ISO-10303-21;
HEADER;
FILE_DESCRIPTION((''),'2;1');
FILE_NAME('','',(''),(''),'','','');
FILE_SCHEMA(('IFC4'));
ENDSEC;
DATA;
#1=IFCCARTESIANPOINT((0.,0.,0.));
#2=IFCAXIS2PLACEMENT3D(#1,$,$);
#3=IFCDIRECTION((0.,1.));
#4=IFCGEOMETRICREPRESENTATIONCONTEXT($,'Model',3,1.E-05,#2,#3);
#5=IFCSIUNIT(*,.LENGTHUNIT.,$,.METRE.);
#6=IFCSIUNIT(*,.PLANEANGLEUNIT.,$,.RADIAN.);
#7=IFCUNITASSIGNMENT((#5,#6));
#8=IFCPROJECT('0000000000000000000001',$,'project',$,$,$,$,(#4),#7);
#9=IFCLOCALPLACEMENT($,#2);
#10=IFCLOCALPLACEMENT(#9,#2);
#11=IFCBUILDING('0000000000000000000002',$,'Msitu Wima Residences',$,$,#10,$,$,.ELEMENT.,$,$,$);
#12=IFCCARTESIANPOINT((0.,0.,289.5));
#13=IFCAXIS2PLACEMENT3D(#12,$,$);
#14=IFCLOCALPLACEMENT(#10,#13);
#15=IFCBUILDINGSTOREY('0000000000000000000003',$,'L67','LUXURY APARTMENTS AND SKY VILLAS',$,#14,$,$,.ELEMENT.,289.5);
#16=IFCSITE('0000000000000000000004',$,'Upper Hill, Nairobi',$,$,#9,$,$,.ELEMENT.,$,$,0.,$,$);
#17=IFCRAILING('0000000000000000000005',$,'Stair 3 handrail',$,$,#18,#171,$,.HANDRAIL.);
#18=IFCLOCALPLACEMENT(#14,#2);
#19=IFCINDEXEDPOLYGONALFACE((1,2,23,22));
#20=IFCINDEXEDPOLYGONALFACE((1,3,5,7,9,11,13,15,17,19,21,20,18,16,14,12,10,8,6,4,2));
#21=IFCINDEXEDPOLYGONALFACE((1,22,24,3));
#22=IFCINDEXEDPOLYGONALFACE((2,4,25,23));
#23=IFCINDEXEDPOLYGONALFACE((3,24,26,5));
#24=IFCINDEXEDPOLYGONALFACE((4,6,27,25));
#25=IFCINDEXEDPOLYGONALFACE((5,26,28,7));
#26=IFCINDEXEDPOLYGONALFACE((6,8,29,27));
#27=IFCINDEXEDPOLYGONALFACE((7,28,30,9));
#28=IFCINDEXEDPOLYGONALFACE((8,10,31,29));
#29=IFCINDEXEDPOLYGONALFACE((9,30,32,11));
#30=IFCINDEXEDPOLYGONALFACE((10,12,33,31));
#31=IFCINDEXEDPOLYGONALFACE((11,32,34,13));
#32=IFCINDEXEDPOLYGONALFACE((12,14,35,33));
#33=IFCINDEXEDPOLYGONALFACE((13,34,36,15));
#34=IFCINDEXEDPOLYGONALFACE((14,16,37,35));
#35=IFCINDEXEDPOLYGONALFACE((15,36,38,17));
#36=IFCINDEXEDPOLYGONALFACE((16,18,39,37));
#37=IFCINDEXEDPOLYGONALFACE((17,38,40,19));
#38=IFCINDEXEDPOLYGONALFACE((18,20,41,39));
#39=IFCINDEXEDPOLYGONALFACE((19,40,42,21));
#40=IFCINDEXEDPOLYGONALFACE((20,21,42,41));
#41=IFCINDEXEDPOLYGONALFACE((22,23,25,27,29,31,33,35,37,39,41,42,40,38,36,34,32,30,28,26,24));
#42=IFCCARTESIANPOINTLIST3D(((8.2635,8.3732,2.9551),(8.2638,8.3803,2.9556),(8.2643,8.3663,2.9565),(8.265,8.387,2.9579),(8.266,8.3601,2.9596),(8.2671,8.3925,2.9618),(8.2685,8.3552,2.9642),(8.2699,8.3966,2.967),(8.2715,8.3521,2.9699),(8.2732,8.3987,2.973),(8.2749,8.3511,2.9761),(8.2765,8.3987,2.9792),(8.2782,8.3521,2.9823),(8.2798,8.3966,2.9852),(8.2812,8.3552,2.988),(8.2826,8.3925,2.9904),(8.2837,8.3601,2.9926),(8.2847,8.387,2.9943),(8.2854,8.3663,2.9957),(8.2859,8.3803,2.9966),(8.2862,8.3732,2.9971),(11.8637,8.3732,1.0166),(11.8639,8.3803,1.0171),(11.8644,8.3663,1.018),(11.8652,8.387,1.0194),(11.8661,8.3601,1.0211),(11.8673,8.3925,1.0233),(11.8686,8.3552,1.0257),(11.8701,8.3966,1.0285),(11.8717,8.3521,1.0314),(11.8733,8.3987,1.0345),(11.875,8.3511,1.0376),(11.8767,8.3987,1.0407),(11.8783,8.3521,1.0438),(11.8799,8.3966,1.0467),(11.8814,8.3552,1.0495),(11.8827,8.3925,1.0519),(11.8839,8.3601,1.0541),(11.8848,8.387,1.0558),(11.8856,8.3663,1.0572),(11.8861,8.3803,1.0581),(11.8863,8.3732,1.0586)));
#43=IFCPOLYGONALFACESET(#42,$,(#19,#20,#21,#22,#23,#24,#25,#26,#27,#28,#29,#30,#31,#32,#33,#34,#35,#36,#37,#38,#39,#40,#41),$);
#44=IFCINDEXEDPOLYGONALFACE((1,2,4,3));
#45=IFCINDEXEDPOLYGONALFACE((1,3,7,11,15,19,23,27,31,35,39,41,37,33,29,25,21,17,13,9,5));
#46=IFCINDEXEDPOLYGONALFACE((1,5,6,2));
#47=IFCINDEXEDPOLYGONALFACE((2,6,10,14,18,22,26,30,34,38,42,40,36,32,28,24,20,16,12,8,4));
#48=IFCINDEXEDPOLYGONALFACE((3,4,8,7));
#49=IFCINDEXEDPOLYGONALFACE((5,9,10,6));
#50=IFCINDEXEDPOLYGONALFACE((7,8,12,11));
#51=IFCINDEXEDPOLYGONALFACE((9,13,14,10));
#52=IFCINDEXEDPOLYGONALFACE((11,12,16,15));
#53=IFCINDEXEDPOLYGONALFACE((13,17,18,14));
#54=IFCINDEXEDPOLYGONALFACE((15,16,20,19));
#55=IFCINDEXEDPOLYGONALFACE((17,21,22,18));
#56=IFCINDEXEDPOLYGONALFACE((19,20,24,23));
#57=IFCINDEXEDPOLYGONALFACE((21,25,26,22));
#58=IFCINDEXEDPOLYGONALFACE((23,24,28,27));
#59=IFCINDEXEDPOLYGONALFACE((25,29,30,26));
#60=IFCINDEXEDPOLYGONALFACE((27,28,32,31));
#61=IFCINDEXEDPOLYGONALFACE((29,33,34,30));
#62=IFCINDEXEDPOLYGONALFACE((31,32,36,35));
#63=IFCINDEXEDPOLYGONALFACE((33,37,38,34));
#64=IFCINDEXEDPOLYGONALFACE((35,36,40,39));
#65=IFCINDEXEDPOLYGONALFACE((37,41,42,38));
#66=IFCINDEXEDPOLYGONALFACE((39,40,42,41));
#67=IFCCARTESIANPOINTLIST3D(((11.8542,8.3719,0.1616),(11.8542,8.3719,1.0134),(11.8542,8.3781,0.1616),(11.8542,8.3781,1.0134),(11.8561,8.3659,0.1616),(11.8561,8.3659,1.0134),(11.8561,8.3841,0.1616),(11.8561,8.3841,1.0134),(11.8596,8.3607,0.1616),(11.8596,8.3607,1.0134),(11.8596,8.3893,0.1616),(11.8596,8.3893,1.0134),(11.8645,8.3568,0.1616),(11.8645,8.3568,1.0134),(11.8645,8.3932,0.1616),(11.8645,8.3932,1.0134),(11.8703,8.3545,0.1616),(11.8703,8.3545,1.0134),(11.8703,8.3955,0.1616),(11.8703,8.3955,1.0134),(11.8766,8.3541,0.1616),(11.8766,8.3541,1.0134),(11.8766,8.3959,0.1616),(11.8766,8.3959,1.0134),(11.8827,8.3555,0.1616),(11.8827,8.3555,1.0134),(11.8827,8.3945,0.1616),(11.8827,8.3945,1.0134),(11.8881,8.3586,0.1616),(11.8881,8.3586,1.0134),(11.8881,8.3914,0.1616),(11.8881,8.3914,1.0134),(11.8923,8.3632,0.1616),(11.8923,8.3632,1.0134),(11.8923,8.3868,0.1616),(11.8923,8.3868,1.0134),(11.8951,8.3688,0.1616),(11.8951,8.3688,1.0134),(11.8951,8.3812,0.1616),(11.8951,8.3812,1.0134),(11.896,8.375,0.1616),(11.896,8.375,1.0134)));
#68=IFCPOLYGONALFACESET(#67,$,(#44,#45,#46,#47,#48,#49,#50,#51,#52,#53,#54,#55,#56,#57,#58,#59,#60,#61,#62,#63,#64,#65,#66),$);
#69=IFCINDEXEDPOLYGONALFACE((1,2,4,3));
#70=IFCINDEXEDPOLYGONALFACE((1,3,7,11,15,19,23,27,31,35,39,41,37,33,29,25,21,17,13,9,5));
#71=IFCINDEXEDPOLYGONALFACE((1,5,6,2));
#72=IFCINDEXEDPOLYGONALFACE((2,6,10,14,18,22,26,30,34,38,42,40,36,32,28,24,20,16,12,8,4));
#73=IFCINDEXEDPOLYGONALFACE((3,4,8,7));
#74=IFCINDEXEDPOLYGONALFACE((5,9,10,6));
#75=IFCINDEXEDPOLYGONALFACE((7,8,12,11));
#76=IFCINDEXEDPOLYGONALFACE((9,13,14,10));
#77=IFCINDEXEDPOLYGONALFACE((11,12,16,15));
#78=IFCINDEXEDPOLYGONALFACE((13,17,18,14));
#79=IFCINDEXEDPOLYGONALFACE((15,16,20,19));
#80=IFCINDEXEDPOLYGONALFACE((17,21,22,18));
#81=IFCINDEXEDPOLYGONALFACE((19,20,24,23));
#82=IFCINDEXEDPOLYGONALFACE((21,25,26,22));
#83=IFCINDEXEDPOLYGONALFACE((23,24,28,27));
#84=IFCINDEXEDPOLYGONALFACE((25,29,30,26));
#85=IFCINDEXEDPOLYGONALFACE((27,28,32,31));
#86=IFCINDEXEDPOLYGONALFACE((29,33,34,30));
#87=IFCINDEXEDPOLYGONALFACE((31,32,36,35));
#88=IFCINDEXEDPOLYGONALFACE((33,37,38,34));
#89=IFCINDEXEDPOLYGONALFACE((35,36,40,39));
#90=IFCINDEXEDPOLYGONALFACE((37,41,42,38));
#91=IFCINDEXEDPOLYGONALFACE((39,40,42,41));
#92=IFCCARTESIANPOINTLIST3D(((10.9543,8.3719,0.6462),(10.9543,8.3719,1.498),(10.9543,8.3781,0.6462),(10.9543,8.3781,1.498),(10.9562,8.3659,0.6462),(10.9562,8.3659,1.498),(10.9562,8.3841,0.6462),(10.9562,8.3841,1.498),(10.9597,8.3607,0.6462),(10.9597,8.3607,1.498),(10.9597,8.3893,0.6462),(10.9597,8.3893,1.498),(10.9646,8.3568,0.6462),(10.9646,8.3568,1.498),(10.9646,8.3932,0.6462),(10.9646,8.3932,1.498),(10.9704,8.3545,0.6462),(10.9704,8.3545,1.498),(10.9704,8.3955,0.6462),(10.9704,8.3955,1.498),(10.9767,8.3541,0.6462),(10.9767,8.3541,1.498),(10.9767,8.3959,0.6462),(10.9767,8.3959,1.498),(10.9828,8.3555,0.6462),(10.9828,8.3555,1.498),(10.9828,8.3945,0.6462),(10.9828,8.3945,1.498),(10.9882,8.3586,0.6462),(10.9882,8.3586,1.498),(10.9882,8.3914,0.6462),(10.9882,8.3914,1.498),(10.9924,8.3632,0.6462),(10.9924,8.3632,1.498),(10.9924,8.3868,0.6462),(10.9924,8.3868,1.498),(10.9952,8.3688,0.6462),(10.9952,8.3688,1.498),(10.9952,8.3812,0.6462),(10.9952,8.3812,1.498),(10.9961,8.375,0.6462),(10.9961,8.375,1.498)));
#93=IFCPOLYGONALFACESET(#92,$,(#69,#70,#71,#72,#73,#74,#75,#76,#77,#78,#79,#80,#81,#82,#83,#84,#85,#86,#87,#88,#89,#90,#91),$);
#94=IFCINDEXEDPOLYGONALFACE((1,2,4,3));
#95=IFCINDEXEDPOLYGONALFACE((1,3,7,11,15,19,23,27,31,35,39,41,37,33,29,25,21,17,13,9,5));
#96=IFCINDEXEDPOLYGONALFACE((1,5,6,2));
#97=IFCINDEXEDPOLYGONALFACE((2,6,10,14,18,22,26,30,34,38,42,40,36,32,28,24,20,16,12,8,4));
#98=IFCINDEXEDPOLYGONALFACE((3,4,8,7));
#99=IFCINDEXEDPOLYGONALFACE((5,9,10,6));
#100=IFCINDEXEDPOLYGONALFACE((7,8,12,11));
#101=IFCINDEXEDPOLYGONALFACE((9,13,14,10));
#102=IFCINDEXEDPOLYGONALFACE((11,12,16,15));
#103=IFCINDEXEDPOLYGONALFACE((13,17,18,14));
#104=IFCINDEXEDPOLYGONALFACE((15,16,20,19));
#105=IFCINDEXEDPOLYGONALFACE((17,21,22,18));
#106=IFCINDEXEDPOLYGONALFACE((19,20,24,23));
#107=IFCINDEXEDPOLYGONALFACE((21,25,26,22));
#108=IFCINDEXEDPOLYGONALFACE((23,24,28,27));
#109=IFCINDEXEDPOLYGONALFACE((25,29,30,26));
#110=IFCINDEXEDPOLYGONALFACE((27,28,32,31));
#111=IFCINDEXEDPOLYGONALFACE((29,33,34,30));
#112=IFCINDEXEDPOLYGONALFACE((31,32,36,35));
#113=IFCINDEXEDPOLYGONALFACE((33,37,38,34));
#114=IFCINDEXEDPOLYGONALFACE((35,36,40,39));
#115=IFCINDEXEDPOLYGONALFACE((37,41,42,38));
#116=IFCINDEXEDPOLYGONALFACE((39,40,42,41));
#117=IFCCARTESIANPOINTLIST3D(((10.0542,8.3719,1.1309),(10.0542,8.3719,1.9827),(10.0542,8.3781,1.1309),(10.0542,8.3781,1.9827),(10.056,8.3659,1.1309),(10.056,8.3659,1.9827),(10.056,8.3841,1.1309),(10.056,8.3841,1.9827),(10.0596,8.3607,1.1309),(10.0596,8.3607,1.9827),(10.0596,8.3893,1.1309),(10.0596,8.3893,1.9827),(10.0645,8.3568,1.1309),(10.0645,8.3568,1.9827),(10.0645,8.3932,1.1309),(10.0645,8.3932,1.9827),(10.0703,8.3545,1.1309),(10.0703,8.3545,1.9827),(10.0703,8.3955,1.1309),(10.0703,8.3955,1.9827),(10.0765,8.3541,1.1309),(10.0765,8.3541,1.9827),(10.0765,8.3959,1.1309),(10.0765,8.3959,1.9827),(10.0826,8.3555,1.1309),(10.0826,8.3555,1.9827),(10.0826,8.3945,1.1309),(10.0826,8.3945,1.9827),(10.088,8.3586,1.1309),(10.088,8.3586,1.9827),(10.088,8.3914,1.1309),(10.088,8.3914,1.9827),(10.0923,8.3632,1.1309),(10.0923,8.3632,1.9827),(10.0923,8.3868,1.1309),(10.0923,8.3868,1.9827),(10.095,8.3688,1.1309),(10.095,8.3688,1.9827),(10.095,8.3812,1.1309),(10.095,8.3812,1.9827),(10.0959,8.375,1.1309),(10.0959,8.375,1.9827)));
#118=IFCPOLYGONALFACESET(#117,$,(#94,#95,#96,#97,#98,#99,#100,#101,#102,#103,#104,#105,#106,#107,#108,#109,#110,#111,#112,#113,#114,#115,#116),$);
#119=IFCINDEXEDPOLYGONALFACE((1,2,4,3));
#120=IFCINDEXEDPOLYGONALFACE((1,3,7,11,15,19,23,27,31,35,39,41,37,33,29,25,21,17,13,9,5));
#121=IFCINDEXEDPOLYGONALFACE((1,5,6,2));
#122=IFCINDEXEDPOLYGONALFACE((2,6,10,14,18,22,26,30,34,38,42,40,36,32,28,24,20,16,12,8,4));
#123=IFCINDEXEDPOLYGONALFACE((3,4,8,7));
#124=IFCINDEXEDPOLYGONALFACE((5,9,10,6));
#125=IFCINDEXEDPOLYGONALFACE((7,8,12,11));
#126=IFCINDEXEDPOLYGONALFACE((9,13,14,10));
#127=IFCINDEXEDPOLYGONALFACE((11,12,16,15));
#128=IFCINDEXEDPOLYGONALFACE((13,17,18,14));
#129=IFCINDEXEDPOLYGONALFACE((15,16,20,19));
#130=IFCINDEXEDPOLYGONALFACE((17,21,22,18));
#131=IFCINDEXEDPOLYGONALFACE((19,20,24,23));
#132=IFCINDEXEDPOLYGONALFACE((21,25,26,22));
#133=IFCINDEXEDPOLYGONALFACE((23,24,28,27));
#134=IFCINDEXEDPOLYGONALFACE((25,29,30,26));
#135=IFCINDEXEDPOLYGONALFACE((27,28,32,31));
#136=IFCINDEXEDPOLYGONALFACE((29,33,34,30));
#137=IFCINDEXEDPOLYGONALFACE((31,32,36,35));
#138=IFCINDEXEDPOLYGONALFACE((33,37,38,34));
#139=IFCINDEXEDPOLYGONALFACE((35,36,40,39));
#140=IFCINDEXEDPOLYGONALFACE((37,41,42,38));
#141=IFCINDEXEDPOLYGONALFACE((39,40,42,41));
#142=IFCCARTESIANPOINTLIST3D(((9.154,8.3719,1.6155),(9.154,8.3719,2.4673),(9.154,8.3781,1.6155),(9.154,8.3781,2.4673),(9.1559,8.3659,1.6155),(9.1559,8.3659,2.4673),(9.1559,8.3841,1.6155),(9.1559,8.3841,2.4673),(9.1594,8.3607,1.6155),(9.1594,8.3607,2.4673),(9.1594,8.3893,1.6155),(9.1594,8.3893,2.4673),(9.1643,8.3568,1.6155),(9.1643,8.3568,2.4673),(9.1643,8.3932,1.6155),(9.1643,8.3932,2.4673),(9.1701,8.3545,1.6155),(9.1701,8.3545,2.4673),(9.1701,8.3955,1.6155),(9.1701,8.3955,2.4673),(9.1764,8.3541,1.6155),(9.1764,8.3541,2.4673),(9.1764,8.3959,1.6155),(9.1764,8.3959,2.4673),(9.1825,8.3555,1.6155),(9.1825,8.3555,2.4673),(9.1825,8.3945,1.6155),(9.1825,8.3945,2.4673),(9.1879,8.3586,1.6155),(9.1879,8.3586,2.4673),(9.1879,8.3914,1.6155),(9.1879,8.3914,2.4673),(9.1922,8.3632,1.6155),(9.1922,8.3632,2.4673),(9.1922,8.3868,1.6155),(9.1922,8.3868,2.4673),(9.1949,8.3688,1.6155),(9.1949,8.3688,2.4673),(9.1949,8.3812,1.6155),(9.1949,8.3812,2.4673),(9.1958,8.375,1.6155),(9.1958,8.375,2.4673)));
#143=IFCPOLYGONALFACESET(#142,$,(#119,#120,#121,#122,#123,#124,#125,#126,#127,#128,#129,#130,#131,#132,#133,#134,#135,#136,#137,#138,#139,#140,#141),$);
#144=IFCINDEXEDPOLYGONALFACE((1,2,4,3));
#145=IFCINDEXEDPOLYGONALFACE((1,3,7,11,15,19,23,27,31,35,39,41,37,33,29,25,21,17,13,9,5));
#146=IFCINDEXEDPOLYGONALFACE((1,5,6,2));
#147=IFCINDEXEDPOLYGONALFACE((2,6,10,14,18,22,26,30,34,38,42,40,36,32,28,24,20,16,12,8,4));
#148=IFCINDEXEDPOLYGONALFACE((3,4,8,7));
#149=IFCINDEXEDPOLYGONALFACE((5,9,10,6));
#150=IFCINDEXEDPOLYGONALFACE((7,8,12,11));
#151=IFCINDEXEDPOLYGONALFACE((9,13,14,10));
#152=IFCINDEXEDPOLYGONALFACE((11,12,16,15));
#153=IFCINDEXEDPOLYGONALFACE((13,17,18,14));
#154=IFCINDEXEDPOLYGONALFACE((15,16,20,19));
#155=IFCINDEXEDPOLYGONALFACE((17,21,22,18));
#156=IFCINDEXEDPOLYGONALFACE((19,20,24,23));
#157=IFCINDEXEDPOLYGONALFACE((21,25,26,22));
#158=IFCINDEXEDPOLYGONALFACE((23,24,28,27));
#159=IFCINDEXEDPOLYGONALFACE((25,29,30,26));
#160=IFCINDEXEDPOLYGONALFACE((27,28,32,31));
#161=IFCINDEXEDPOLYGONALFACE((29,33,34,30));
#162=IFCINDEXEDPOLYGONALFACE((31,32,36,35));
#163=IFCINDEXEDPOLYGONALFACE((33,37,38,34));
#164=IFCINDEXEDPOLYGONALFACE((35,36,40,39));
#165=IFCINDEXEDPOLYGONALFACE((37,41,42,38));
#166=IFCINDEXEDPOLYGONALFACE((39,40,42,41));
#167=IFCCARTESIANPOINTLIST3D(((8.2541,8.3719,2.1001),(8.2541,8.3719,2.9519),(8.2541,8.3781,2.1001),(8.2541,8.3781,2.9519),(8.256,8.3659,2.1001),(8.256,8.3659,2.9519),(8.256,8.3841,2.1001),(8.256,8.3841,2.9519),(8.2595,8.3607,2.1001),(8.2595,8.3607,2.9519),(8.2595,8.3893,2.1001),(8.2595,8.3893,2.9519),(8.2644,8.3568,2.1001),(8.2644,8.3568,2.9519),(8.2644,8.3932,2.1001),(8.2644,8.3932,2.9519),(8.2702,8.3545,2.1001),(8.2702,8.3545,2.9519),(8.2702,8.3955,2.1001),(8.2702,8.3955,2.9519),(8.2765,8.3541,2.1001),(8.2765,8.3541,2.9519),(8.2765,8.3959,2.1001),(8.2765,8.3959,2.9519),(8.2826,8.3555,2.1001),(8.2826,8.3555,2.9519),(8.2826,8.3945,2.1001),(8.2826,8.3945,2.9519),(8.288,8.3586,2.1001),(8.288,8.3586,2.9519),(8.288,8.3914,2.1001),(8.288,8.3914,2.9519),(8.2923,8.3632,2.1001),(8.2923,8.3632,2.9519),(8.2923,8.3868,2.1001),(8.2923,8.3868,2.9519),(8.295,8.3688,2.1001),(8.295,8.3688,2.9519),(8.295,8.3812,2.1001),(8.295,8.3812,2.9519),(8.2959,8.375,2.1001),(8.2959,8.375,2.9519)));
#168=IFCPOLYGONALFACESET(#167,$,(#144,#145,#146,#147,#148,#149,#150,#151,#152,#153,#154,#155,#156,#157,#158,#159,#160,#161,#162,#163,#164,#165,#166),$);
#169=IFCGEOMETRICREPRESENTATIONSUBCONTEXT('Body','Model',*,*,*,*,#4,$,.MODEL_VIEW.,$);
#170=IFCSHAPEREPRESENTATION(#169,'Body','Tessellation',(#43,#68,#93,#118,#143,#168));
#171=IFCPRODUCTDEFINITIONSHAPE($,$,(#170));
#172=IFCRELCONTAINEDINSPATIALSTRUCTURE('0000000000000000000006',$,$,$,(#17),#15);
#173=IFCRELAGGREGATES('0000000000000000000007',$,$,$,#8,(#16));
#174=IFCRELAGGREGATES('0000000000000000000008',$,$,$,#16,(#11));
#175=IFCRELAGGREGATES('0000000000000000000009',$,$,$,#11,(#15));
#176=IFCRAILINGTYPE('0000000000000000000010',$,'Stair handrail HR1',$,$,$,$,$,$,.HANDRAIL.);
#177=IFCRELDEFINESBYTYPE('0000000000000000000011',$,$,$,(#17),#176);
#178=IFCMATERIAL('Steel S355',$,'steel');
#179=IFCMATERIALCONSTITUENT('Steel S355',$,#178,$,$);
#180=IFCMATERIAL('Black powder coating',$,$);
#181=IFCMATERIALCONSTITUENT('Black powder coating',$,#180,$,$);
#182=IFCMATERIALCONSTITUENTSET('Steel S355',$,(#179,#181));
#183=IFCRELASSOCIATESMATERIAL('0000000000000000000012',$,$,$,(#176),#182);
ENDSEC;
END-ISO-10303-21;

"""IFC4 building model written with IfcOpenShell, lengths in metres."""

from ifc_helpers import new_model, si_unit, direction, frame, origin, origin_2d, place, context, subcontext, project, spatial, circle, extrude, material, constituent, constituent_set, type_object, element, save


model = new_model("IFC4")

# Units and contexts
model_context = context("Model", 3, precision=1e-05, world=origin(), true_north=direction((0.0, 1.0)))
body_context = subcontext(model_context, "Body", "Model", "MODEL_VIEW")
ifc_project = project(units=[si_unit("LENGTHUNIT", "METRE"), si_unit("PLANEANGLEUNIT", "RADIAN")], contexts=[model_context])

# Site, building, storey
site_placement = place(None, origin())
site = spatial("IfcSite", under=ifc_project, at=site_placement, Name="Upper Hill, Nairobi", CompositionType="ELEMENT", RefElevation=0.0)
building_placement = place(site_placement, origin())
building = spatial("IfcBuilding", under=site, at=building_placement, Name="Msitu Wima Residences", CompositionType="ELEMENT")
storey_placement = place(building_placement, frame((0.0, 0.0, 289.5)))
storey = spatial("IfcBuildingStorey", under=building, at=storey_placement, Name="L67", Description="LUXURY APARTMENTS AND SKY VILLAS", CompositionType="ELEMENT", Elevation=289.5)

# Railing
ifc_material_1 = material(Name="Steel S355", Category="steel")
ifc_constituent_1 = constituent(ifc_material_1, Name="Steel S355")
ifc_material_2 = material(Name="Black powder coating")
ifc_constituent_2 = constituent(ifc_material_2, Name="Black powder coating")
ifc_constituent_set_1 = constituent_set(constituents=[ifc_constituent_1, ifc_constituent_2], Name="Steel S355")
railing_type_1 = type_object("IfcRailingType", Name="Stair handrail HR1", PredefinedType="HANDRAIL", material=ifc_constituent_set_1)
for number, where, name in (
    (1, (11.875, 8.375, 0.1616), "Stair 3 handrail"),
):
    element("IfcRailing", number, at=place(storey_placement, frame(where)), inside=storey, type_object=railing_type_1, Name=name, PredefinedType="HANDRAIL", context=body_context, shape_type="SweptSolid", body=[
        extrude(circle(Radius=0.0239, at=origin_2d()), frame((0.0, 0.0, 0.876), z_axis=(-0.880475, 0.0, 0.474093), x_axis=(0.0, -1.0, 0.0)), (0.0, 0.0, 1.0), 4.0889),
        extrude(circle(Radius=0.021, at=origin_2d()), origin(), (0.0, 0.0, 1.0), 0.8518),
        extrude(circle(Radius=0.021, at=origin_2d()), frame((-0.8999, 0.0, 0.4846)), (0.0, 0.0, 1.0), 0.8518),
        extrude(circle(Radius=0.021, at=origin_2d()), frame((-1.8, 0.0, 0.9692)), (0.0, 0.0, 1.0), 0.8518),
        extrude(circle(Radius=0.021, at=origin_2d()), frame((-2.7002, 0.0, 1.4539)), (0.0, 0.0, 1.0), 0.8518),
        extrude(circle(Radius=0.021, at=origin_2d()), frame((-3.6001, 0.0, 1.9385)), (0.0, 0.0, 1.0), 0.8518),
    ])

save(model, "model.ifc")
